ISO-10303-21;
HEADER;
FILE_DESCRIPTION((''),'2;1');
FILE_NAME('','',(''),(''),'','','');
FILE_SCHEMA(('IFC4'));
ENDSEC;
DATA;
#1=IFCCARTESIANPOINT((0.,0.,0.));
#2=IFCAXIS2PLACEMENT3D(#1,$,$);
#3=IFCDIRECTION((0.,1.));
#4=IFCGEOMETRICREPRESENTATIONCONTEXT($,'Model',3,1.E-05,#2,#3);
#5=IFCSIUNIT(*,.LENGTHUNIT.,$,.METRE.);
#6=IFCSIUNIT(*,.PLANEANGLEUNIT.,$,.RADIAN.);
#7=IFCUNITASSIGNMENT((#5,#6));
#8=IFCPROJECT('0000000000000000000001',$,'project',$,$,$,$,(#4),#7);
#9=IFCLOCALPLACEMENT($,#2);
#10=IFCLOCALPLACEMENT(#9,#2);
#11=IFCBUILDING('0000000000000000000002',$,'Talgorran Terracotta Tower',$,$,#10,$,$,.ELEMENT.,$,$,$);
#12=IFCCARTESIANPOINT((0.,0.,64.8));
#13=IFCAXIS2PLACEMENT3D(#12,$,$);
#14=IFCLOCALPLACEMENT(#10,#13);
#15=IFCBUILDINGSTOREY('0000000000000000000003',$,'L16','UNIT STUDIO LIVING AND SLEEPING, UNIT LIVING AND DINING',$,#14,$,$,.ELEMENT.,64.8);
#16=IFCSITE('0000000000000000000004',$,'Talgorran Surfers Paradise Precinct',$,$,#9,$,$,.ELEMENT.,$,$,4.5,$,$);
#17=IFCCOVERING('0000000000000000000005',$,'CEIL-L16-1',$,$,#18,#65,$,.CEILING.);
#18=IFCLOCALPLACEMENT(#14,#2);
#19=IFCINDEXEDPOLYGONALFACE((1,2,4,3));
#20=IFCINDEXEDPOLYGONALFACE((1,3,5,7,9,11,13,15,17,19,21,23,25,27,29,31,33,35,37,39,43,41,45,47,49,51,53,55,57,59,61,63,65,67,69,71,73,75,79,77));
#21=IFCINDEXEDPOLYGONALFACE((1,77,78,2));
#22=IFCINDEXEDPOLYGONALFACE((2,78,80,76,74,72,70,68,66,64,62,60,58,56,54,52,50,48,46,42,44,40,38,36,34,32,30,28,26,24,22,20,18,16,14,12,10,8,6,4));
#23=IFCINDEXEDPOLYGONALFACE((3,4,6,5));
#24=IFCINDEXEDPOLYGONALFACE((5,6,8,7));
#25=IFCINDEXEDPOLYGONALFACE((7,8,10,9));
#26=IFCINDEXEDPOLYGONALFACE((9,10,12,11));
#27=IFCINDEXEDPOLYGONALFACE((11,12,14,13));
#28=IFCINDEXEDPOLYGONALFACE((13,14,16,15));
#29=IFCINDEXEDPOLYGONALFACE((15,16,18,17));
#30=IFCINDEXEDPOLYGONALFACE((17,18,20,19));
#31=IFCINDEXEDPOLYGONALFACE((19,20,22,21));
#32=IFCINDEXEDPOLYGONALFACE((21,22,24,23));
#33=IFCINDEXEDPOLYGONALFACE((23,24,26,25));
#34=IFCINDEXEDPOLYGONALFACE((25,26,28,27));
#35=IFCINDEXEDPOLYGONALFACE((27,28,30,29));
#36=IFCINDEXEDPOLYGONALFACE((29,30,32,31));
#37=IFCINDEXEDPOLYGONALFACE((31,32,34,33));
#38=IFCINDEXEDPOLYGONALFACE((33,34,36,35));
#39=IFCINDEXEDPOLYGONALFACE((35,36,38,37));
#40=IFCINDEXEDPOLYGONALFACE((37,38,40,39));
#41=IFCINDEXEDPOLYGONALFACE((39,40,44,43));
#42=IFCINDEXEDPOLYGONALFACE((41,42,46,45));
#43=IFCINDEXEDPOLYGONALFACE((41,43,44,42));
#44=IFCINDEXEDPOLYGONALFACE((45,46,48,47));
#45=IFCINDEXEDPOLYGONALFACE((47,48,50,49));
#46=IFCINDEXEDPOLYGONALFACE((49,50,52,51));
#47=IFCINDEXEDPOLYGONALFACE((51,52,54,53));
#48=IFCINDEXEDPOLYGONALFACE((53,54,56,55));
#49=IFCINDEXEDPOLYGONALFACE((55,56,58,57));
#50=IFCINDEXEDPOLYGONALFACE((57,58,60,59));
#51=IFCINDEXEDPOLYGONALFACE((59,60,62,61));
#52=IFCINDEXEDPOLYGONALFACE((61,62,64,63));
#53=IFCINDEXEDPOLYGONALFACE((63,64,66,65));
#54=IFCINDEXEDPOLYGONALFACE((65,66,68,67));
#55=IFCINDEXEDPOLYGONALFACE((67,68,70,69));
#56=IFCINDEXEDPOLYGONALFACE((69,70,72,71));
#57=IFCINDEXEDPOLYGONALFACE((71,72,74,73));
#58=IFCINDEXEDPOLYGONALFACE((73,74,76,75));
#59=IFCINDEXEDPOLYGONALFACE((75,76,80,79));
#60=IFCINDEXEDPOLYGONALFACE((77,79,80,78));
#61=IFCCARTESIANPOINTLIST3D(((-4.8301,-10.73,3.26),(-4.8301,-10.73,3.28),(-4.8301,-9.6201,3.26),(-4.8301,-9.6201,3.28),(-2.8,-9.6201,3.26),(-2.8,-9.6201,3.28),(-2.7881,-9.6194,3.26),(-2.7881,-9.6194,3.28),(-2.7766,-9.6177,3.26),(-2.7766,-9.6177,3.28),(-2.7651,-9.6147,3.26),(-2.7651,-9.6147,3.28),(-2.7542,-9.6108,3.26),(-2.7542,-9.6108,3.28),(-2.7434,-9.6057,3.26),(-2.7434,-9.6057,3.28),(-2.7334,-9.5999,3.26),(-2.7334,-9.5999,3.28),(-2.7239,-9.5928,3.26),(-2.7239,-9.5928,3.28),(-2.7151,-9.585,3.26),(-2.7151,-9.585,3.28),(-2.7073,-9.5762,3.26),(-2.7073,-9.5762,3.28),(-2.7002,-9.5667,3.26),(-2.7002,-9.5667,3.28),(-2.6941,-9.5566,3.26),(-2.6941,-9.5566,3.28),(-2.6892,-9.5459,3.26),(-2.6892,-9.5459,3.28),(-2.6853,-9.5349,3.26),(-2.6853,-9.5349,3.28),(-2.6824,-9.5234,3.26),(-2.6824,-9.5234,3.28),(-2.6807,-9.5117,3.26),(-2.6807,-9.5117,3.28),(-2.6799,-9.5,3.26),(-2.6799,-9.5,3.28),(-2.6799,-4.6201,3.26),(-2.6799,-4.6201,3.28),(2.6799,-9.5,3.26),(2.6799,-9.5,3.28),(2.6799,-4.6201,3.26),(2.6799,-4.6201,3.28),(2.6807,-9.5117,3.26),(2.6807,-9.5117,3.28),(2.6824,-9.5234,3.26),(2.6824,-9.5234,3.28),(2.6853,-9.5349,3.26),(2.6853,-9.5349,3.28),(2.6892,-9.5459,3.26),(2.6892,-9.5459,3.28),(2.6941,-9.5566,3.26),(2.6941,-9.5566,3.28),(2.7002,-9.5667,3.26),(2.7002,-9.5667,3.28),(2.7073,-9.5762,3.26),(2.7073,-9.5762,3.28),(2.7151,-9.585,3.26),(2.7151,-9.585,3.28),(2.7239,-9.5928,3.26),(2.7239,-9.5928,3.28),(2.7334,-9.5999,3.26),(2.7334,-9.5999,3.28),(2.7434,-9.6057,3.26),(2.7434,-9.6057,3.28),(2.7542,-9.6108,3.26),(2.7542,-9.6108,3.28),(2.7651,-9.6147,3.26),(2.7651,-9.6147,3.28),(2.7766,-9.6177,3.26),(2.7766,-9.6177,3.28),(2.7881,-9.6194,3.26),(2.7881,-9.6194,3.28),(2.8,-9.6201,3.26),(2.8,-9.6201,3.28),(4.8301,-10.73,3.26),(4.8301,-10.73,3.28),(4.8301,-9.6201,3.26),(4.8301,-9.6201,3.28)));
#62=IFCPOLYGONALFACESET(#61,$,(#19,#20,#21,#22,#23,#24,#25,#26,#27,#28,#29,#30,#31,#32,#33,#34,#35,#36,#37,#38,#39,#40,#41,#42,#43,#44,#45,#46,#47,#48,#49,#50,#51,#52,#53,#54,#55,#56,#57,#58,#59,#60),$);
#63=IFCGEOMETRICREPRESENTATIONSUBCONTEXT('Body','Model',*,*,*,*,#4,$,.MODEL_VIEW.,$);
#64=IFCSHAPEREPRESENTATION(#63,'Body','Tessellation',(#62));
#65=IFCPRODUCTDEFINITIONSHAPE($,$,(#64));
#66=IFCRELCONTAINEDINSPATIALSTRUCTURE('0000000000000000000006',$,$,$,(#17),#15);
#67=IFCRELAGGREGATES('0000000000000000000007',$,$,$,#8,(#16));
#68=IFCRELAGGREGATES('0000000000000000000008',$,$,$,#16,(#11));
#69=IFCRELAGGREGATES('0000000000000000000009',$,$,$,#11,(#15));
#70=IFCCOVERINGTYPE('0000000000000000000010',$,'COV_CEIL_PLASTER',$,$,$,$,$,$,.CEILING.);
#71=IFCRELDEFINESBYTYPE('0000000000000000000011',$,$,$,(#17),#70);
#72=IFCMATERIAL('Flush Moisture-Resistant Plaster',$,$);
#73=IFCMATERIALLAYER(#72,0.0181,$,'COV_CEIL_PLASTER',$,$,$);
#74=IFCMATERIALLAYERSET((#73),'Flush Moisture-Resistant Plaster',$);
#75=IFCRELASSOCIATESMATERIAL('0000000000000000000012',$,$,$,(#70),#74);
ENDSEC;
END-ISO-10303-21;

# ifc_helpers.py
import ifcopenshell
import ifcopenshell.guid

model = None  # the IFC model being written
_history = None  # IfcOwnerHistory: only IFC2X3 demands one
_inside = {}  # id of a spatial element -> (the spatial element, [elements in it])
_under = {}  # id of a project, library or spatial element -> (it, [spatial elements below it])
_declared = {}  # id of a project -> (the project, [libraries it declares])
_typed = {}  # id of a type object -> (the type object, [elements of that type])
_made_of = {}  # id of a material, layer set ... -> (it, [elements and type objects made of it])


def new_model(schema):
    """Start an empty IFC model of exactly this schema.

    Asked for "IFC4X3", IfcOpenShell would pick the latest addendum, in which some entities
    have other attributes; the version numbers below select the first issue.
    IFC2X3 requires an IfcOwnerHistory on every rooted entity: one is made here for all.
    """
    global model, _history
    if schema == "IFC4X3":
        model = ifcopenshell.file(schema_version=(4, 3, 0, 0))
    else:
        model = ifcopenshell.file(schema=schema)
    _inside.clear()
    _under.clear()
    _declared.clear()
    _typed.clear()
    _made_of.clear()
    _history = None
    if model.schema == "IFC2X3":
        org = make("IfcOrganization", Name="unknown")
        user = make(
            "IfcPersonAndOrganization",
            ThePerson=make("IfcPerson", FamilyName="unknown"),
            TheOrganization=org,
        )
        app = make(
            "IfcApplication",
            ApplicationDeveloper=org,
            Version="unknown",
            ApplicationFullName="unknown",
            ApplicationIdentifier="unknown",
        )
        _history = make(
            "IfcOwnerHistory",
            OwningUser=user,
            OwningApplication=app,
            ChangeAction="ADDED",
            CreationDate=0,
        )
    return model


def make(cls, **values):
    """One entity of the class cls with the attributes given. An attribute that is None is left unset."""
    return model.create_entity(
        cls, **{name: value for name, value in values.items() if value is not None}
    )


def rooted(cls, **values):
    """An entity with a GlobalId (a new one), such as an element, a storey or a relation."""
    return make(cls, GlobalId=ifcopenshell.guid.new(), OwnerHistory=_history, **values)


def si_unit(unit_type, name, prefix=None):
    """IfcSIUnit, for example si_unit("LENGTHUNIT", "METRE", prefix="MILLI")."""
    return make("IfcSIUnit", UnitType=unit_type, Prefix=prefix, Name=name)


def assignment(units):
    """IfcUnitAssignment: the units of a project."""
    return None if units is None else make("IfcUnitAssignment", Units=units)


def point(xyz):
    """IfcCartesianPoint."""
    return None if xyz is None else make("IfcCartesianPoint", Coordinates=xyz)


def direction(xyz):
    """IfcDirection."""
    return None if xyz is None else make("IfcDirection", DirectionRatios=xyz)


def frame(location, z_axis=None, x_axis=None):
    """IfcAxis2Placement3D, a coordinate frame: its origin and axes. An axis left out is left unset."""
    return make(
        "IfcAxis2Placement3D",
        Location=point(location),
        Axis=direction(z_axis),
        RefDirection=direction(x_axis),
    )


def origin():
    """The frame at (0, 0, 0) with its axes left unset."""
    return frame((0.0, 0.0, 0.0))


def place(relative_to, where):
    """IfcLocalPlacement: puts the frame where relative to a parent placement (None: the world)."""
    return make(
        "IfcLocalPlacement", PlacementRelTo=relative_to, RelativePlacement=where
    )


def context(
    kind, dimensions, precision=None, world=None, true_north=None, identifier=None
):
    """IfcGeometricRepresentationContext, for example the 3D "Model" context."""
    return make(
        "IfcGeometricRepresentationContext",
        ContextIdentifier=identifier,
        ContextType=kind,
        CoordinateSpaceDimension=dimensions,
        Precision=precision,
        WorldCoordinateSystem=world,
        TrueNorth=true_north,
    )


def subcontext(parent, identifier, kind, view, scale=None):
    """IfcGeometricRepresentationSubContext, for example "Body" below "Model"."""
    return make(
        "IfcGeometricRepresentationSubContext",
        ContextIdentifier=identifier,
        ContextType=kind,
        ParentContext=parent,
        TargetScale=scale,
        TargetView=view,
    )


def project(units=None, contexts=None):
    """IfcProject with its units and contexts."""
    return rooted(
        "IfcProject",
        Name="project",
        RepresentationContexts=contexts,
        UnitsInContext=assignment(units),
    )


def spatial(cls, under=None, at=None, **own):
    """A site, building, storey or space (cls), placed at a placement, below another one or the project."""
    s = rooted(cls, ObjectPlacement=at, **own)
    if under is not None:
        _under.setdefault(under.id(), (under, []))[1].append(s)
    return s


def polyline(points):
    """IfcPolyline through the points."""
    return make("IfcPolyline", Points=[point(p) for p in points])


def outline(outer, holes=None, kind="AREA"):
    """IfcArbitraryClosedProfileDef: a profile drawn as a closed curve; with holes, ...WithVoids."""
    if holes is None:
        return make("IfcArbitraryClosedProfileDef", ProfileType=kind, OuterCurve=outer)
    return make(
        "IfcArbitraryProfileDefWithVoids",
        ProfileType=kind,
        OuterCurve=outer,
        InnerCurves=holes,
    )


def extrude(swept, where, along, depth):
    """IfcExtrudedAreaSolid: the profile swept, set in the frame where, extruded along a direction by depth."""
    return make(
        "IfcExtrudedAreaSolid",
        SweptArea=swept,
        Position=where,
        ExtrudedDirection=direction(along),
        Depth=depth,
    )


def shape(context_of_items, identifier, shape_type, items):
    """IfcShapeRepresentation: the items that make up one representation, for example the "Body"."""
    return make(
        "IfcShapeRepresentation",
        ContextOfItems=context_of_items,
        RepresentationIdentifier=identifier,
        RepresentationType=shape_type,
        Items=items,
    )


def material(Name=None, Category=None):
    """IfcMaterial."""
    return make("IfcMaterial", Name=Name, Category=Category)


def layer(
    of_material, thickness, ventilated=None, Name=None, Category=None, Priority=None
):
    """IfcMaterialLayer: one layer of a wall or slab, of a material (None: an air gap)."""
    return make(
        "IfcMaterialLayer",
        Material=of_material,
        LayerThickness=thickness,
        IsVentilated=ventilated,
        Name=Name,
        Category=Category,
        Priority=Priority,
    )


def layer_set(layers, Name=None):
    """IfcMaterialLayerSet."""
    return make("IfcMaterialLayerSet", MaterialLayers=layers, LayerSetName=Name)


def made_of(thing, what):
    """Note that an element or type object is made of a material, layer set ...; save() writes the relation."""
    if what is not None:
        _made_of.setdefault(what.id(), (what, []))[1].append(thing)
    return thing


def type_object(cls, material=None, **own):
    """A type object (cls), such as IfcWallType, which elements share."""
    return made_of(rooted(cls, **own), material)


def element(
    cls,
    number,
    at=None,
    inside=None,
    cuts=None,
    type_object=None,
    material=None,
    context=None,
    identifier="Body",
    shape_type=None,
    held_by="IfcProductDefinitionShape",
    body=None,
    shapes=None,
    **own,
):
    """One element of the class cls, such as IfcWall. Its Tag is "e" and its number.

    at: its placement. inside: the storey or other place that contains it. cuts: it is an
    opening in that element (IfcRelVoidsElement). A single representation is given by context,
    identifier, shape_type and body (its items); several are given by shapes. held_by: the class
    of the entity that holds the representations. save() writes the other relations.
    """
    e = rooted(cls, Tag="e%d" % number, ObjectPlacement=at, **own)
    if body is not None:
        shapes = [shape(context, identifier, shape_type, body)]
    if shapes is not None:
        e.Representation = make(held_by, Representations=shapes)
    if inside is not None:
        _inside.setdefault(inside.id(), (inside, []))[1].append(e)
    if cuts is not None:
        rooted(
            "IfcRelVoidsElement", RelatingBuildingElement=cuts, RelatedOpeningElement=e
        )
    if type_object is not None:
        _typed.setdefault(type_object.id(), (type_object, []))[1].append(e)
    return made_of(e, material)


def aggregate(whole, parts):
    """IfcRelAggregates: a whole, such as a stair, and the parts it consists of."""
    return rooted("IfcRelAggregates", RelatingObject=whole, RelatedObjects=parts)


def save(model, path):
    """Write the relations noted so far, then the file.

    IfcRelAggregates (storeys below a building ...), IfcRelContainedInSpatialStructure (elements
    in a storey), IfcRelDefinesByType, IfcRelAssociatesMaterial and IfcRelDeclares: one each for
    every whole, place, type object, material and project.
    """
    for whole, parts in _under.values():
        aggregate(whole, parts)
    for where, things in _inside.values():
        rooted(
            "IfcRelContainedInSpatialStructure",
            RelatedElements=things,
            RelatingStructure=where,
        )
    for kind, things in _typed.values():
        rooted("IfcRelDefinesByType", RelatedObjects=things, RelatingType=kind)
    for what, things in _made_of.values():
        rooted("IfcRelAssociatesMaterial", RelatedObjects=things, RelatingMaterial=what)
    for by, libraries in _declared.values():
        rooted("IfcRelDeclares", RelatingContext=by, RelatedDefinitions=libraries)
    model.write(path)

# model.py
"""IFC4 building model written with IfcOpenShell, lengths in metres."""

from ifc_helpers import new_model, si_unit, direction, frame, origin, place, context, subcontext, project, spatial, polyline, outline, extrude, material, layer, layer_set, type_object, element, save


model = new_model("IFC4")

# Units and contexts
model_context = context("Model", 3, precision=1e-05, world=origin(), true_north=direction((0.0, 1.0)))
body_context = subcontext(model_context, "Body", "Model", "MODEL_VIEW")
ifc_project = project(units=[si_unit("LENGTHUNIT", "METRE"), si_unit("PLANEANGLEUNIT", "RADIAN")], contexts=[model_context])

# Site, building, storey
site_placement = place(None, origin())
site = spatial("IfcSite", under=ifc_project, at=site_placement, Name="Talgorran Surfers Paradise Precinct", CompositionType="ELEMENT", RefElevation=4.5)
building_placement = place(site_placement, origin())
building = spatial("IfcBuilding", under=site, at=building_placement, Name="Talgorran Terracotta Tower", CompositionType="ELEMENT")
storey_placement = place(building_placement, frame((0.0, 0.0, 64.8)))
storey = spatial("IfcBuildingStorey", under=building, at=storey_placement, Name="L16", Description="UNIT STUDIO LIVING AND SLEEPING, UNIT LIVING AND DINING", CompositionType="ELEMENT", Elevation=64.8)

# Covering
ifc_material_1 = material(Name="Flush Moisture-Resistant Plaster")
ifc_layer_1 = layer(ifc_material_1, 0.0181, Name="COV_CEIL_PLASTER")
ifc_layer_set_1 = layer_set([ifc_layer_1], Name="Flush Moisture-Resistant Plaster")
covering_type_1 = type_object("IfcCoveringType", Name="COV_CEIL_PLASTER", PredefinedType="CEILING", material=ifc_layer_set_1)
covering_1_placement = place(storey_placement, frame((0.0, 0.0, 3.26)))
element("IfcCovering", 1, at=covering_1_placement, inside=storey, type_object=covering_type_1, Name="CEIL-L16-1", PredefinedType="CEILING", context=body_context, shape_type="SweptSolid", body=[
    extrude(outline(polyline([(-4.8301, -9.6201), (-2.8, -9.6201), (-2.7881, -9.6194), (-2.7766, -9.6177), (-2.7651, -9.6147), (-2.7542, -9.6108), (-2.7434, -9.6057), (-2.7334, -9.5999), (-2.7239, -9.5928), (-2.7151, -9.585), (-2.7073, -9.5762), (-2.7002, -9.5667), (-2.6941, -9.5566), (-2.6892, -9.5459), (-2.6853, -9.5349), (-2.6824, -9.5234), (-2.6807, -9.5117), (-2.6799, -9.5), (-2.6799, -4.6201), (2.6799, -4.6201), (2.6799, -9.5), (2.6807, -9.5117), (2.6824, -9.5234), (2.6853, -9.5349), (2.6892, -9.5459), (2.6941, -9.5566), (2.7002, -9.5667), (2.7073, -9.5762), (2.7151, -9.585), (2.7239, -9.5928), (2.7334, -9.5999), (2.7434, -9.6057), (2.7542, -9.6108), (2.7651, -9.6147), (2.7766, -9.6177), (2.7881, -9.6194), (2.8, -9.6201), (4.8301, -9.6201), (4.8301, -10.73), (-4.8301, -10.73), (-4.8301, -9.6201)])), origin(), (0.0, 0.0, 1.0), 0.02),
])

save(model, "model.ifc")
